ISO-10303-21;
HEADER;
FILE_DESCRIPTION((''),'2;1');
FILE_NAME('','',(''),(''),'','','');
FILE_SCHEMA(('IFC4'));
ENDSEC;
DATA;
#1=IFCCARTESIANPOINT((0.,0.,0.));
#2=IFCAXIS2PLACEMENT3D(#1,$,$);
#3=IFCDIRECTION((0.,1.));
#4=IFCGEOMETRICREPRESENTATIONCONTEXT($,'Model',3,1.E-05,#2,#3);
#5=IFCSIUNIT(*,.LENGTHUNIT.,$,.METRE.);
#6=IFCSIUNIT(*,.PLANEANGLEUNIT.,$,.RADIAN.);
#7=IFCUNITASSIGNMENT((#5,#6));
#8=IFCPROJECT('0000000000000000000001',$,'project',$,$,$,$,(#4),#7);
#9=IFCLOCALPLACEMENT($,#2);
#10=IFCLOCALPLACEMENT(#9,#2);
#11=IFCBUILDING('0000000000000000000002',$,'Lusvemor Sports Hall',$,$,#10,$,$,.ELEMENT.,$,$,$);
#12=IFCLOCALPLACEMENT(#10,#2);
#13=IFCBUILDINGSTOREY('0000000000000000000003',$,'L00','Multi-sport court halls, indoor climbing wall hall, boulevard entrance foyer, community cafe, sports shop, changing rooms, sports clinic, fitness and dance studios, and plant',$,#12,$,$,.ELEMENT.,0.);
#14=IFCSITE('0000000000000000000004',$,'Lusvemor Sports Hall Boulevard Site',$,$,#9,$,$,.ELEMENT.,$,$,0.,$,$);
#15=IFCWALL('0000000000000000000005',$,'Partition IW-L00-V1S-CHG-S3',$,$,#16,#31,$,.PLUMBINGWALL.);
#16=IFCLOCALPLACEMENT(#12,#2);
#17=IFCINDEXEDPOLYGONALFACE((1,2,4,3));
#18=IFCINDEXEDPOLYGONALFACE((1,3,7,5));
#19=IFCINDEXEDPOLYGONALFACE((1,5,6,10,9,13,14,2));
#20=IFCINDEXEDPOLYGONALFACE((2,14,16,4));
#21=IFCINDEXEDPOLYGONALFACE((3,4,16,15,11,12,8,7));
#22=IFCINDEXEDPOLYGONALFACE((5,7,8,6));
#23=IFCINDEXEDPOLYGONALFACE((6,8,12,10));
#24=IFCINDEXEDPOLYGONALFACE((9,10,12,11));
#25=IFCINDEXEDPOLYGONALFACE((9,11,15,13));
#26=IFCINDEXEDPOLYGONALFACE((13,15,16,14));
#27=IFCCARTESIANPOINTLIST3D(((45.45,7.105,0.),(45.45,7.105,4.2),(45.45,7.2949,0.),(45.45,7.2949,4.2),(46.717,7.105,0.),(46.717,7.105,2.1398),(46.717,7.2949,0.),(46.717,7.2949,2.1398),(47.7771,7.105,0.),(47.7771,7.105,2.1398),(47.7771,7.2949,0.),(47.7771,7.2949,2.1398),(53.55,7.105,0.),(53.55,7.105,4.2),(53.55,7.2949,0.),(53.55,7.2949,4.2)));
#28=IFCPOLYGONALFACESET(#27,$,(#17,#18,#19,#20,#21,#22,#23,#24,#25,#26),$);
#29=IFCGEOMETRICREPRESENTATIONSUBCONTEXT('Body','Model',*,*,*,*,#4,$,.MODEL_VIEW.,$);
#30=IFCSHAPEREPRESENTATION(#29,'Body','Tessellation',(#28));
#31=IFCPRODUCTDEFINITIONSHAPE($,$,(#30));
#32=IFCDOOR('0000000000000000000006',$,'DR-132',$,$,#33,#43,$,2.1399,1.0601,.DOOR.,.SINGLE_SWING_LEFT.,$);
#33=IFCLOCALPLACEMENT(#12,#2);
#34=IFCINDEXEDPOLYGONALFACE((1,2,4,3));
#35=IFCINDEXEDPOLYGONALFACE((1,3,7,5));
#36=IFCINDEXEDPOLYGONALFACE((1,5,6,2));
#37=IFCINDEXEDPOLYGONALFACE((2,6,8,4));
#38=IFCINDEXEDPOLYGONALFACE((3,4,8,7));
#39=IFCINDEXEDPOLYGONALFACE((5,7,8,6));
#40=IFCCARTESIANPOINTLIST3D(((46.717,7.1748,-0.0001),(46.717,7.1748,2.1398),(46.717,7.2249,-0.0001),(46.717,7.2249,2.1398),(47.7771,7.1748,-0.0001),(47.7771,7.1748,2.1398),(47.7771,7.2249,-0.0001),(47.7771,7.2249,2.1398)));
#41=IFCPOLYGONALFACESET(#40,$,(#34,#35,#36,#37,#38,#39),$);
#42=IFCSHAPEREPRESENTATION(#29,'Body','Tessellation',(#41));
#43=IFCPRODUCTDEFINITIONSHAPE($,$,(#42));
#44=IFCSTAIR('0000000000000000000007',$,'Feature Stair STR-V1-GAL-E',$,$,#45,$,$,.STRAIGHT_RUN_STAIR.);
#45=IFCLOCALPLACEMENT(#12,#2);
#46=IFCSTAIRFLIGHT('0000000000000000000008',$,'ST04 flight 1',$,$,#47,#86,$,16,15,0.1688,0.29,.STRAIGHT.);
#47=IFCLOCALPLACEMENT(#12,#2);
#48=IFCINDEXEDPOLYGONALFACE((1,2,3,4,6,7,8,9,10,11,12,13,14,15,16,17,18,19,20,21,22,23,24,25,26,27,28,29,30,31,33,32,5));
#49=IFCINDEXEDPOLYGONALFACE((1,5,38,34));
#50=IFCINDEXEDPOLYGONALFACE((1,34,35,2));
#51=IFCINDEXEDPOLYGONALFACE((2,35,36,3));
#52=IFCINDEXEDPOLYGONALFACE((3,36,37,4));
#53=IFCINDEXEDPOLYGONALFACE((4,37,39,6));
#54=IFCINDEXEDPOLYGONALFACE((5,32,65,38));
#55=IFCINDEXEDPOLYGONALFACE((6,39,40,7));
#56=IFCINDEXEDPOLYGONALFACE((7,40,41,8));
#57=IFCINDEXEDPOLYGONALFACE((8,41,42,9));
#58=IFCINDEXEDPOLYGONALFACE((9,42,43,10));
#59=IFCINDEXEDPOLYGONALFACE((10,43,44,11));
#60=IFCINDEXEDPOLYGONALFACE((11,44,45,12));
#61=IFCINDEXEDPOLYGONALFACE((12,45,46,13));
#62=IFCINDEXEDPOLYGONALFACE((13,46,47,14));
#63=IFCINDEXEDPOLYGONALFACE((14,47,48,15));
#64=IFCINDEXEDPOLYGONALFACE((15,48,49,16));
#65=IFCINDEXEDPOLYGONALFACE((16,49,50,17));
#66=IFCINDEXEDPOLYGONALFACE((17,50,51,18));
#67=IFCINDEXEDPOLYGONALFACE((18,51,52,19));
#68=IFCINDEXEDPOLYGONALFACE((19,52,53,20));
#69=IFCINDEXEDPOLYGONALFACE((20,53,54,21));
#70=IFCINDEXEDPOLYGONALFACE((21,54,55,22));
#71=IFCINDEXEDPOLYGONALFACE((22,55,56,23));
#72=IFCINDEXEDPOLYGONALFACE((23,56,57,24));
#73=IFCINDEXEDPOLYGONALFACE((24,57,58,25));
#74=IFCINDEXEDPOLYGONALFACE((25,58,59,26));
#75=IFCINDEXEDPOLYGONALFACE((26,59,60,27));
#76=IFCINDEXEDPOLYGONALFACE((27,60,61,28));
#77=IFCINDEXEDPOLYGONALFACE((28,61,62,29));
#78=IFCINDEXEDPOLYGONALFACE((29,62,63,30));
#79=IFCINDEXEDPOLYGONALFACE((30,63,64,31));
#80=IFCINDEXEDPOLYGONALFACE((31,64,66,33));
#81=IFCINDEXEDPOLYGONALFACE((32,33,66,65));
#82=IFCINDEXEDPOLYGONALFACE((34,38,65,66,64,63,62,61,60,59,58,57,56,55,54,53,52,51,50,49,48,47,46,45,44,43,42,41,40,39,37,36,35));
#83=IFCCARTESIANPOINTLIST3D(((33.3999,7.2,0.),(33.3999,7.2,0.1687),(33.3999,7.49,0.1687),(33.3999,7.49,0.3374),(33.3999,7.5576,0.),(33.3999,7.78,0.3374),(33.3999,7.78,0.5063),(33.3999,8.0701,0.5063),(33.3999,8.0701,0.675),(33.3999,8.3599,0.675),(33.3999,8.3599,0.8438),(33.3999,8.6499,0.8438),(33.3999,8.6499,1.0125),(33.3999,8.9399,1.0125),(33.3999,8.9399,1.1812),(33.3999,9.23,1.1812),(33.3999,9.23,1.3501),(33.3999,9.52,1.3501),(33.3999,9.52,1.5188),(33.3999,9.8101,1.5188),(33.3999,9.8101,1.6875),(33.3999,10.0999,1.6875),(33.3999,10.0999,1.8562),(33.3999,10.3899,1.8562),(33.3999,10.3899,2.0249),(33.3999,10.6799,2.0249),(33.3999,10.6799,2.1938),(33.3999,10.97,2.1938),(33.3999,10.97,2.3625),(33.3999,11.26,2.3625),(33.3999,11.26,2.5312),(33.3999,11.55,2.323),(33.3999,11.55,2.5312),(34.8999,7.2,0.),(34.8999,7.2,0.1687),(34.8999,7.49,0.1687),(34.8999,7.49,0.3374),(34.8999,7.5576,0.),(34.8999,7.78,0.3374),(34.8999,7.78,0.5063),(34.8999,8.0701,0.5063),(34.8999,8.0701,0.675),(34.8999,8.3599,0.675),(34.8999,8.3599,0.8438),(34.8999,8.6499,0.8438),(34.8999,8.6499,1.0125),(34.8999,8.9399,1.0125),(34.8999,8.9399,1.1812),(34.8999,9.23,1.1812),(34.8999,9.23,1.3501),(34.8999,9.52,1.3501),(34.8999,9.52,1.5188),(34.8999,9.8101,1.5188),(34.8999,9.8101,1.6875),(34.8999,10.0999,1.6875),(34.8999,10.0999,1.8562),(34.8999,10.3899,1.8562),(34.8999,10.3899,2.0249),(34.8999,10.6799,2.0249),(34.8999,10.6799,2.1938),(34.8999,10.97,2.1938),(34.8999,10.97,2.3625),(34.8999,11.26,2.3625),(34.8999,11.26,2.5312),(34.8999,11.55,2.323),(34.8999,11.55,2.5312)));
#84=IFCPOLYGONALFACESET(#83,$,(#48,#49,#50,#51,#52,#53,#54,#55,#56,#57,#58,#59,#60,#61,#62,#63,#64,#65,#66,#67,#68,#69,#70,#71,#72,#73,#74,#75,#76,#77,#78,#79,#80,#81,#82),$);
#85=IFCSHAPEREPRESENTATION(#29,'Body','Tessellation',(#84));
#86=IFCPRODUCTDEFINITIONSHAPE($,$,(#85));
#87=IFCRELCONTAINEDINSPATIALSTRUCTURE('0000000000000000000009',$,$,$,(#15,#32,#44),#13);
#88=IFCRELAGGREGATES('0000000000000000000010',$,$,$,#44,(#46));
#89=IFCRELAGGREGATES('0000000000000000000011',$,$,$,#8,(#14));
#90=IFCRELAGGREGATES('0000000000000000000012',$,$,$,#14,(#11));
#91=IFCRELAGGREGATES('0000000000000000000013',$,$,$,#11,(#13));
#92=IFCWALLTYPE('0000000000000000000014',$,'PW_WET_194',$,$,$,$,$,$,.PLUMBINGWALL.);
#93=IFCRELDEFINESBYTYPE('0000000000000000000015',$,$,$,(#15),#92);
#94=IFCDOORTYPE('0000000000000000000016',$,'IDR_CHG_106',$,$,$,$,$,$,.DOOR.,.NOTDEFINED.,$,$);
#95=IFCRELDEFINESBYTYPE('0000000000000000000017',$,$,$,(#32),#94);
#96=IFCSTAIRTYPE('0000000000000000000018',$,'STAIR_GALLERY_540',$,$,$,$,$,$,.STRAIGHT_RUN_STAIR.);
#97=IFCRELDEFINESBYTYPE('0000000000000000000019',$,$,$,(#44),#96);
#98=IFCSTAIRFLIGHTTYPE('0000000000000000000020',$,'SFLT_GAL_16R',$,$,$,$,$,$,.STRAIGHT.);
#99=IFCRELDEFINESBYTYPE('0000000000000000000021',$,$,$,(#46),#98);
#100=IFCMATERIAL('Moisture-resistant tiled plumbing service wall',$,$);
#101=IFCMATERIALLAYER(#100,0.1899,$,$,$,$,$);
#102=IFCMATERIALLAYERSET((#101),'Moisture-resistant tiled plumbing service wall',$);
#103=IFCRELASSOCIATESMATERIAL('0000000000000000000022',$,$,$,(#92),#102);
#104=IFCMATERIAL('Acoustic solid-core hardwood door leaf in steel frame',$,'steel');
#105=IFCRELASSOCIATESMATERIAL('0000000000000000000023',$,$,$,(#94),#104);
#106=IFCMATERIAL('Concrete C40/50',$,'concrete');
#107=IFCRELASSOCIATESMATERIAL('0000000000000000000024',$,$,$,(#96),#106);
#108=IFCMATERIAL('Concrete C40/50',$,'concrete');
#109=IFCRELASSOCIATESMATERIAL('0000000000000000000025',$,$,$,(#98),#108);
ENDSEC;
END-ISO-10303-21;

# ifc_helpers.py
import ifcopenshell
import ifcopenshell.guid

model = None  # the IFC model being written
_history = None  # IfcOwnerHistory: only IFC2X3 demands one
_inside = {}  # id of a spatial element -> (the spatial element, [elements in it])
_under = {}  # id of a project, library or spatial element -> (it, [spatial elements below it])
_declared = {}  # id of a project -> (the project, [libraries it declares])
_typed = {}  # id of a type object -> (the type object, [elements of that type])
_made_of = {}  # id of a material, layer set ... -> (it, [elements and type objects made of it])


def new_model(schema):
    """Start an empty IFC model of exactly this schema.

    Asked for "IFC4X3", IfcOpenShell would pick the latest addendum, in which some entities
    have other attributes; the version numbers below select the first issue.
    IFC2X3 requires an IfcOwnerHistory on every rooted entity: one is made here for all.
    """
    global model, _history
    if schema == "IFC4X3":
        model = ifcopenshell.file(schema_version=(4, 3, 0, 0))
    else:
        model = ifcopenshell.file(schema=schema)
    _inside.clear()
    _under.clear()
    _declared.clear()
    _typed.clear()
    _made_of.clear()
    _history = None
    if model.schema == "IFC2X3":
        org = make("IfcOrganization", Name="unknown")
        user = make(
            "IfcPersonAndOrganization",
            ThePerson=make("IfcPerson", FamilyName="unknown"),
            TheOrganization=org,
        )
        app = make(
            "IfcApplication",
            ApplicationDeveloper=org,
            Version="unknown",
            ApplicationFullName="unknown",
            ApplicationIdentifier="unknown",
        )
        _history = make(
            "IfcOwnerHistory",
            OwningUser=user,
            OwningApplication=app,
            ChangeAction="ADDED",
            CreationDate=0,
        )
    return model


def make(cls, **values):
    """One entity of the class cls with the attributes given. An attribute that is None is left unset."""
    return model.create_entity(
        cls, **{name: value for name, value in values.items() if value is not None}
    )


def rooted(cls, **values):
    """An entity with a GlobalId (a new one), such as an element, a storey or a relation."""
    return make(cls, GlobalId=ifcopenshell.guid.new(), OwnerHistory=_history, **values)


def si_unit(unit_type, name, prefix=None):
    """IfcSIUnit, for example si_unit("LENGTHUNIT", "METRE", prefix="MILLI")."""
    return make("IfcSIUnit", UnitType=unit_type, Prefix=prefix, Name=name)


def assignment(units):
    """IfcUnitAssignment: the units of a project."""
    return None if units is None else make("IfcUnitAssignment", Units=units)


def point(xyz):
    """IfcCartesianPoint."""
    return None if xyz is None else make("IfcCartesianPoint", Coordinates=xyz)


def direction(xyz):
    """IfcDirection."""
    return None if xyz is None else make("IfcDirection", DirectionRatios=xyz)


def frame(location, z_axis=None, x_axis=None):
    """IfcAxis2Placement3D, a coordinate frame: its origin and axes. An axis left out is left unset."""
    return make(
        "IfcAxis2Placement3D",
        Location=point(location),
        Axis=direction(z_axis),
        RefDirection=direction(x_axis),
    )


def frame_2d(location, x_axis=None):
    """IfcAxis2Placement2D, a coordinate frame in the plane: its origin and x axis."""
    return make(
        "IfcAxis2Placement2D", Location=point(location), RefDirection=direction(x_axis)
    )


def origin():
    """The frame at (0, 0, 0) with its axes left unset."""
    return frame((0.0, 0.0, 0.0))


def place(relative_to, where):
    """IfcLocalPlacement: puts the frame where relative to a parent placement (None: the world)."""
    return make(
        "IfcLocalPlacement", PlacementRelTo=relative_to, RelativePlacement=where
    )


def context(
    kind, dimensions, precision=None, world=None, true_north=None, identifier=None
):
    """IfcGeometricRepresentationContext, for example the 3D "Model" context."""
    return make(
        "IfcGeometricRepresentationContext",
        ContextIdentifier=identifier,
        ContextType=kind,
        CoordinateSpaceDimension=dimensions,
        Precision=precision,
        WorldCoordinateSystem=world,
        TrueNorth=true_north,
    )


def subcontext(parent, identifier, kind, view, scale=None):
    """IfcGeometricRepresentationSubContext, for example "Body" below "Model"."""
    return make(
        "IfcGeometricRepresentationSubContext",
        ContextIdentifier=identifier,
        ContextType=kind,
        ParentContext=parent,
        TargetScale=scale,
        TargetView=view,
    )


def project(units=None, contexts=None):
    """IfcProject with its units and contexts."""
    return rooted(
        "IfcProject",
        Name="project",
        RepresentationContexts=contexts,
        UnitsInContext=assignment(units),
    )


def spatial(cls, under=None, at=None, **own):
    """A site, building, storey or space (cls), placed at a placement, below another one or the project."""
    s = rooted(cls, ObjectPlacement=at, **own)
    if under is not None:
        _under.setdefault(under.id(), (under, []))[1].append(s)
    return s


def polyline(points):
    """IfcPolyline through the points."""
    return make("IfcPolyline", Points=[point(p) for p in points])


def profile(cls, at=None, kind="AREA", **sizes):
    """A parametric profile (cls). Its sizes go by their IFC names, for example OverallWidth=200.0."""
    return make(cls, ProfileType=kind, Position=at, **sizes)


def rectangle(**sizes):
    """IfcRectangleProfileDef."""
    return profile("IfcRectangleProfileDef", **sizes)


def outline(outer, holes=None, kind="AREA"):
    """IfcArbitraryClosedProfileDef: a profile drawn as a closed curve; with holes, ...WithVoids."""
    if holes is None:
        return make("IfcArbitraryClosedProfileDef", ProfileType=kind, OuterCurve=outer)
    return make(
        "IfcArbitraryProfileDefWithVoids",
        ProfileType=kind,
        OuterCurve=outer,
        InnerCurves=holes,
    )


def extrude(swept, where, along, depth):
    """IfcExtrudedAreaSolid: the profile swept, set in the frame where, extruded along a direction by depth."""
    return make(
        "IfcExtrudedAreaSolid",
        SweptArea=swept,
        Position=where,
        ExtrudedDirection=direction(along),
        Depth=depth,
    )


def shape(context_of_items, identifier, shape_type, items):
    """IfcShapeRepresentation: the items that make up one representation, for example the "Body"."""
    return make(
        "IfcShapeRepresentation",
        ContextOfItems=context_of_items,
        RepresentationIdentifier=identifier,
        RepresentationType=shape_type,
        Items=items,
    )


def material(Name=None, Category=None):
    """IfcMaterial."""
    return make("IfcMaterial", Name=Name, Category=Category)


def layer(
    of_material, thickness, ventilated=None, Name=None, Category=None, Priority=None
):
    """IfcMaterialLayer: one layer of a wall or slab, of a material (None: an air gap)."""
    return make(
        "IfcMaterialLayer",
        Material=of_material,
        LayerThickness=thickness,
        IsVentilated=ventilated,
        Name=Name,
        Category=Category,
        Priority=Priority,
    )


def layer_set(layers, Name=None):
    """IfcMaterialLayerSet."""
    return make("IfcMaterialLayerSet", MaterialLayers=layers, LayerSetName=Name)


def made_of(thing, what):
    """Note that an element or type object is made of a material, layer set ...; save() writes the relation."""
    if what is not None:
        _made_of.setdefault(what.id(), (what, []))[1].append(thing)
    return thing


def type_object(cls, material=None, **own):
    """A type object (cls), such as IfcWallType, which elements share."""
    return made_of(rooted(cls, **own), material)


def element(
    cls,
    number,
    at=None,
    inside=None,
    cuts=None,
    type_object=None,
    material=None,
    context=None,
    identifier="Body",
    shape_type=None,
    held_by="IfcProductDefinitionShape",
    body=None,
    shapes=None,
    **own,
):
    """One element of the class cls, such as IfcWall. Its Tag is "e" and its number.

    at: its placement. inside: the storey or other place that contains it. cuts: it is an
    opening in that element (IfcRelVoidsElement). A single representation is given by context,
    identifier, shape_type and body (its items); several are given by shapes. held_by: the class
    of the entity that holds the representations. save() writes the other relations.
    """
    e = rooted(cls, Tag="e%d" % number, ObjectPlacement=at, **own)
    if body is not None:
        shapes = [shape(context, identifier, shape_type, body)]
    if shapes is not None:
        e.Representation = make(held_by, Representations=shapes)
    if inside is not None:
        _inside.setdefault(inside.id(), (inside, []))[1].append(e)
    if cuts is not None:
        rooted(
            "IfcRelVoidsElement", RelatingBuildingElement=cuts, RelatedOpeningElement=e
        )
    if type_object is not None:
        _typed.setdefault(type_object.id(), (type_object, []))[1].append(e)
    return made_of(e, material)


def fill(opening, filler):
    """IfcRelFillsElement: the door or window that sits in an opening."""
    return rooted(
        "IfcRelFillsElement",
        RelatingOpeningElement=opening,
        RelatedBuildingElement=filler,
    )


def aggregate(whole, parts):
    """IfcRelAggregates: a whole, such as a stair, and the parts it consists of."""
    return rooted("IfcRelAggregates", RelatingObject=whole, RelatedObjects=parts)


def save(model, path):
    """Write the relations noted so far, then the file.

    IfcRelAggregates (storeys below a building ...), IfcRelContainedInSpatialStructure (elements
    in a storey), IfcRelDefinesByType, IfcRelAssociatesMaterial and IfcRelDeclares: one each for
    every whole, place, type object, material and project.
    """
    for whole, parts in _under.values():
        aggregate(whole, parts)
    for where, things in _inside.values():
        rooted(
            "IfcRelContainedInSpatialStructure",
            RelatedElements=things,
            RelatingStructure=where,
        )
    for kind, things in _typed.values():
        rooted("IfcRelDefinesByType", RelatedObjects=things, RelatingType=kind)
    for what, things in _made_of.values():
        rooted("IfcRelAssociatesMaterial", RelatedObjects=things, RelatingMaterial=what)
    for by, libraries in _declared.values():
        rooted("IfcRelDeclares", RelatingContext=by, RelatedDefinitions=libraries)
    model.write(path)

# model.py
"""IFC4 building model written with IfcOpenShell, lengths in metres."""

from ifc_helpers import new_model, si_unit, direction, frame, frame_2d, origin, place, context, subcontext, project, spatial, polyline, rectangle, outline, extrude, material, layer, layer_set, type_object, element, fill, aggregate, save


model = new_model("IFC4")

# Units and contexts
model_context = context("Model", 3, precision=1e-05, world=origin(), true_north=direction((0.0, 1.0)))
body_context = subcontext(model_context, "Body", "Model", "MODEL_VIEW")
ifc_project = project(units=[si_unit("LENGTHUNIT", "METRE"), si_unit("PLANEANGLEUNIT", "RADIAN")], contexts=[model_context])

# Site, building, storey
site_placement = place(None, origin())
site = spatial("IfcSite", under=ifc_project, at=site_placement, Name="Lusvemor Sports Hall Boulevard Site", CompositionType="ELEMENT", RefElevation=0.0)
building_placement = place(site_placement, origin())
building = spatial("IfcBuilding", under=site, at=building_placement, Name="Lusvemor Sports Hall", CompositionType="ELEMENT")
storey_placement = place(building_placement, origin())
storey = spatial("IfcBuildingStorey", under=building, at=storey_placement, Name="L00", Description="Multi-sport court halls, indoor climbing wall hall, boulevard entrance foyer, community cafe, sports shop, changing rooms, sports clinic, fitness and dance studios, and plant", CompositionType="ELEMENT", Elevation=0.0)

# Wall, opening, door
ifc_material_1 = material(Name="Moisture-resistant tiled plumbing service wall")
ifc_layer = layer(ifc_material_1, 0.1899)
ifc_layer_set = layer_set([ifc_layer], Name="Moisture-resistant tiled plumbing service wall")
wall_type = type_object("IfcWallType", Name="PW_WET_194", PredefinedType="PLUMBINGWALL", material=ifc_layer_set)
wall_1_placement = place(storey_placement, frame((45.45, 7.2, 0.0), z_axis=(0.0, 0.0, 1.0), x_axis=(1.0, 0.0, 0.0)))
wall_1 = element("IfcWall", 1, at=wall_1_placement, inside=storey, type_object=wall_type, Name="Partition IW-L00-V1S-CHG-S3", PredefinedType="PLUMBINGWALL", context=body_context, shape_type="SweptSolid", body=[
    extrude(rectangle(XDim=8.1001, YDim=0.1899, at=frame_2d((4.05, 0.0))), origin(), (0.0, 0.0, 1.0), 4.2),
])
opening_1_placement = place(wall_1_placement, frame((1.2671, 0.0, 0.0)))
opening_1 = element("IfcOpeningElement", 2, at=opening_1_placement, cuts=wall_1, PredefinedType="OPENING", context=body_context, shape_type="SweptSolid", body=[
    extrude(rectangle(XDim=1.0601, YDim=2.1399, at=frame_2d((0.53, 1.0698))), frame((0.0, 0.095, 0.0), z_axis=(0.0, -1.0, 0.0), x_axis=(1.0, 0.0, 0.0)), (0.0, 0.0, 1.0), 0.1899),
])
ifc_material_2 = material(Name="Acoustic solid-core hardwood door leaf in steel frame", Category="steel")
door_type_1 = type_object("IfcDoorType", Name="IDR_CHG_106", OperationType="NOTDEFINED", PredefinedType="DOOR", material=ifc_material_2)
door_1_placement = place(opening_1_placement, origin())
door_1 = element("IfcDoor", 3, at=door_1_placement, inside=storey, type_object=door_type_1, Name="DR-132", OperationType="SINGLE_SWING_LEFT", OverallHeight=2.1399, OverallWidth=1.0601, PredefinedType="DOOR", context=body_context, shape_type="SweptSolid", body=[
    extrude(rectangle(XDim=1.0601, YDim=2.1399, at=frame_2d((0.53, 1.0698))), frame((0.0, 0.0249, 0.0), z_axis=(0.0, -1.0, 0.0), x_axis=(1.0, 0.0, 0.0)), (0.0, 0.0, 1.0), 0.05),
])
fill(opening_1, door_1)

# Stair, stair flight
ifc_material_3 = material(Name="Concrete C40/50", Category="concrete")
stair_type = type_object("IfcStairType", Name="STAIR_GALLERY_540", PredefinedType="STRAIGHT_RUN_STAIR", material=ifc_material_3)
stair_placement = place(storey_placement, origin())
stair = element("IfcStair", 4, at=stair_placement, inside=storey, type_object=stair_type, Name="Feature Stair STR-V1-GAL-E", PredefinedType="STRAIGHT_RUN_STAIR")
ifc_material_4 = material(Name="Concrete C40/50", Category="concrete")
stair_flight_type = type_object("IfcStairFlightType", Name="SFLT_GAL_16R", PredefinedType="STRAIGHT", material=ifc_material_4)
stair_flight_placement = place(storey_placement, frame((34.1499, 7.2, 0.0), z_axis=(0.0, 0.0, 1.0), x_axis=(0.0, 1.0, 0.0)))
stair_flight = element("IfcStairFlight", 5, at=stair_flight_placement, type_object=stair_flight_type, Name="ST04 flight 1", NumberOfRisers=16, NumberOfTreads=15, PredefinedType="STRAIGHT", RiserHeight=0.1688, TreadLength=0.29, context=body_context, shape_type="SweptSolid", body=[
    extrude(outline(polyline([(0.0, 0.0), (0.0, 0.1687), (0.29, 0.1687), (0.29, 0.3374), (0.5801, 0.3374), (0.5801, 0.5063), (0.8701, 0.5063), (0.8701, 0.675), (1.1599, 0.675), (1.1599, 0.8438), (1.45, 0.8438), (1.45, 1.0125), (1.74, 1.0125), (1.74, 1.1812), (2.03, 1.1812), (2.03, 1.3501), (2.3201, 1.3501), (2.3201, 1.5188), (2.6101, 1.5188), (2.6101, 1.6875), (2.8999, 1.6875), (2.8999, 1.8562), (3.1899, 1.8562), (3.1899, 2.0249), (3.48, 2.0249), (3.48, 2.1938), (3.77, 2.1938), (3.77, 2.3625), (4.0601, 2.3625), (4.0601, 2.5312), (4.3501, 2.5312), (4.3501, 2.7), (4.3501, 2.323), (0.3577, 0.0), (0.0, 0.0)])), frame((0.0, 0.75, 0.0), z_axis=(0.0, -1.0, 0.0), x_axis=(1.0, 0.0, 0.0)), (0.0, 0.0, 1.0), 1.5),
])
aggregate(stair, [stair_flight])

save(model, "model.ifc")
